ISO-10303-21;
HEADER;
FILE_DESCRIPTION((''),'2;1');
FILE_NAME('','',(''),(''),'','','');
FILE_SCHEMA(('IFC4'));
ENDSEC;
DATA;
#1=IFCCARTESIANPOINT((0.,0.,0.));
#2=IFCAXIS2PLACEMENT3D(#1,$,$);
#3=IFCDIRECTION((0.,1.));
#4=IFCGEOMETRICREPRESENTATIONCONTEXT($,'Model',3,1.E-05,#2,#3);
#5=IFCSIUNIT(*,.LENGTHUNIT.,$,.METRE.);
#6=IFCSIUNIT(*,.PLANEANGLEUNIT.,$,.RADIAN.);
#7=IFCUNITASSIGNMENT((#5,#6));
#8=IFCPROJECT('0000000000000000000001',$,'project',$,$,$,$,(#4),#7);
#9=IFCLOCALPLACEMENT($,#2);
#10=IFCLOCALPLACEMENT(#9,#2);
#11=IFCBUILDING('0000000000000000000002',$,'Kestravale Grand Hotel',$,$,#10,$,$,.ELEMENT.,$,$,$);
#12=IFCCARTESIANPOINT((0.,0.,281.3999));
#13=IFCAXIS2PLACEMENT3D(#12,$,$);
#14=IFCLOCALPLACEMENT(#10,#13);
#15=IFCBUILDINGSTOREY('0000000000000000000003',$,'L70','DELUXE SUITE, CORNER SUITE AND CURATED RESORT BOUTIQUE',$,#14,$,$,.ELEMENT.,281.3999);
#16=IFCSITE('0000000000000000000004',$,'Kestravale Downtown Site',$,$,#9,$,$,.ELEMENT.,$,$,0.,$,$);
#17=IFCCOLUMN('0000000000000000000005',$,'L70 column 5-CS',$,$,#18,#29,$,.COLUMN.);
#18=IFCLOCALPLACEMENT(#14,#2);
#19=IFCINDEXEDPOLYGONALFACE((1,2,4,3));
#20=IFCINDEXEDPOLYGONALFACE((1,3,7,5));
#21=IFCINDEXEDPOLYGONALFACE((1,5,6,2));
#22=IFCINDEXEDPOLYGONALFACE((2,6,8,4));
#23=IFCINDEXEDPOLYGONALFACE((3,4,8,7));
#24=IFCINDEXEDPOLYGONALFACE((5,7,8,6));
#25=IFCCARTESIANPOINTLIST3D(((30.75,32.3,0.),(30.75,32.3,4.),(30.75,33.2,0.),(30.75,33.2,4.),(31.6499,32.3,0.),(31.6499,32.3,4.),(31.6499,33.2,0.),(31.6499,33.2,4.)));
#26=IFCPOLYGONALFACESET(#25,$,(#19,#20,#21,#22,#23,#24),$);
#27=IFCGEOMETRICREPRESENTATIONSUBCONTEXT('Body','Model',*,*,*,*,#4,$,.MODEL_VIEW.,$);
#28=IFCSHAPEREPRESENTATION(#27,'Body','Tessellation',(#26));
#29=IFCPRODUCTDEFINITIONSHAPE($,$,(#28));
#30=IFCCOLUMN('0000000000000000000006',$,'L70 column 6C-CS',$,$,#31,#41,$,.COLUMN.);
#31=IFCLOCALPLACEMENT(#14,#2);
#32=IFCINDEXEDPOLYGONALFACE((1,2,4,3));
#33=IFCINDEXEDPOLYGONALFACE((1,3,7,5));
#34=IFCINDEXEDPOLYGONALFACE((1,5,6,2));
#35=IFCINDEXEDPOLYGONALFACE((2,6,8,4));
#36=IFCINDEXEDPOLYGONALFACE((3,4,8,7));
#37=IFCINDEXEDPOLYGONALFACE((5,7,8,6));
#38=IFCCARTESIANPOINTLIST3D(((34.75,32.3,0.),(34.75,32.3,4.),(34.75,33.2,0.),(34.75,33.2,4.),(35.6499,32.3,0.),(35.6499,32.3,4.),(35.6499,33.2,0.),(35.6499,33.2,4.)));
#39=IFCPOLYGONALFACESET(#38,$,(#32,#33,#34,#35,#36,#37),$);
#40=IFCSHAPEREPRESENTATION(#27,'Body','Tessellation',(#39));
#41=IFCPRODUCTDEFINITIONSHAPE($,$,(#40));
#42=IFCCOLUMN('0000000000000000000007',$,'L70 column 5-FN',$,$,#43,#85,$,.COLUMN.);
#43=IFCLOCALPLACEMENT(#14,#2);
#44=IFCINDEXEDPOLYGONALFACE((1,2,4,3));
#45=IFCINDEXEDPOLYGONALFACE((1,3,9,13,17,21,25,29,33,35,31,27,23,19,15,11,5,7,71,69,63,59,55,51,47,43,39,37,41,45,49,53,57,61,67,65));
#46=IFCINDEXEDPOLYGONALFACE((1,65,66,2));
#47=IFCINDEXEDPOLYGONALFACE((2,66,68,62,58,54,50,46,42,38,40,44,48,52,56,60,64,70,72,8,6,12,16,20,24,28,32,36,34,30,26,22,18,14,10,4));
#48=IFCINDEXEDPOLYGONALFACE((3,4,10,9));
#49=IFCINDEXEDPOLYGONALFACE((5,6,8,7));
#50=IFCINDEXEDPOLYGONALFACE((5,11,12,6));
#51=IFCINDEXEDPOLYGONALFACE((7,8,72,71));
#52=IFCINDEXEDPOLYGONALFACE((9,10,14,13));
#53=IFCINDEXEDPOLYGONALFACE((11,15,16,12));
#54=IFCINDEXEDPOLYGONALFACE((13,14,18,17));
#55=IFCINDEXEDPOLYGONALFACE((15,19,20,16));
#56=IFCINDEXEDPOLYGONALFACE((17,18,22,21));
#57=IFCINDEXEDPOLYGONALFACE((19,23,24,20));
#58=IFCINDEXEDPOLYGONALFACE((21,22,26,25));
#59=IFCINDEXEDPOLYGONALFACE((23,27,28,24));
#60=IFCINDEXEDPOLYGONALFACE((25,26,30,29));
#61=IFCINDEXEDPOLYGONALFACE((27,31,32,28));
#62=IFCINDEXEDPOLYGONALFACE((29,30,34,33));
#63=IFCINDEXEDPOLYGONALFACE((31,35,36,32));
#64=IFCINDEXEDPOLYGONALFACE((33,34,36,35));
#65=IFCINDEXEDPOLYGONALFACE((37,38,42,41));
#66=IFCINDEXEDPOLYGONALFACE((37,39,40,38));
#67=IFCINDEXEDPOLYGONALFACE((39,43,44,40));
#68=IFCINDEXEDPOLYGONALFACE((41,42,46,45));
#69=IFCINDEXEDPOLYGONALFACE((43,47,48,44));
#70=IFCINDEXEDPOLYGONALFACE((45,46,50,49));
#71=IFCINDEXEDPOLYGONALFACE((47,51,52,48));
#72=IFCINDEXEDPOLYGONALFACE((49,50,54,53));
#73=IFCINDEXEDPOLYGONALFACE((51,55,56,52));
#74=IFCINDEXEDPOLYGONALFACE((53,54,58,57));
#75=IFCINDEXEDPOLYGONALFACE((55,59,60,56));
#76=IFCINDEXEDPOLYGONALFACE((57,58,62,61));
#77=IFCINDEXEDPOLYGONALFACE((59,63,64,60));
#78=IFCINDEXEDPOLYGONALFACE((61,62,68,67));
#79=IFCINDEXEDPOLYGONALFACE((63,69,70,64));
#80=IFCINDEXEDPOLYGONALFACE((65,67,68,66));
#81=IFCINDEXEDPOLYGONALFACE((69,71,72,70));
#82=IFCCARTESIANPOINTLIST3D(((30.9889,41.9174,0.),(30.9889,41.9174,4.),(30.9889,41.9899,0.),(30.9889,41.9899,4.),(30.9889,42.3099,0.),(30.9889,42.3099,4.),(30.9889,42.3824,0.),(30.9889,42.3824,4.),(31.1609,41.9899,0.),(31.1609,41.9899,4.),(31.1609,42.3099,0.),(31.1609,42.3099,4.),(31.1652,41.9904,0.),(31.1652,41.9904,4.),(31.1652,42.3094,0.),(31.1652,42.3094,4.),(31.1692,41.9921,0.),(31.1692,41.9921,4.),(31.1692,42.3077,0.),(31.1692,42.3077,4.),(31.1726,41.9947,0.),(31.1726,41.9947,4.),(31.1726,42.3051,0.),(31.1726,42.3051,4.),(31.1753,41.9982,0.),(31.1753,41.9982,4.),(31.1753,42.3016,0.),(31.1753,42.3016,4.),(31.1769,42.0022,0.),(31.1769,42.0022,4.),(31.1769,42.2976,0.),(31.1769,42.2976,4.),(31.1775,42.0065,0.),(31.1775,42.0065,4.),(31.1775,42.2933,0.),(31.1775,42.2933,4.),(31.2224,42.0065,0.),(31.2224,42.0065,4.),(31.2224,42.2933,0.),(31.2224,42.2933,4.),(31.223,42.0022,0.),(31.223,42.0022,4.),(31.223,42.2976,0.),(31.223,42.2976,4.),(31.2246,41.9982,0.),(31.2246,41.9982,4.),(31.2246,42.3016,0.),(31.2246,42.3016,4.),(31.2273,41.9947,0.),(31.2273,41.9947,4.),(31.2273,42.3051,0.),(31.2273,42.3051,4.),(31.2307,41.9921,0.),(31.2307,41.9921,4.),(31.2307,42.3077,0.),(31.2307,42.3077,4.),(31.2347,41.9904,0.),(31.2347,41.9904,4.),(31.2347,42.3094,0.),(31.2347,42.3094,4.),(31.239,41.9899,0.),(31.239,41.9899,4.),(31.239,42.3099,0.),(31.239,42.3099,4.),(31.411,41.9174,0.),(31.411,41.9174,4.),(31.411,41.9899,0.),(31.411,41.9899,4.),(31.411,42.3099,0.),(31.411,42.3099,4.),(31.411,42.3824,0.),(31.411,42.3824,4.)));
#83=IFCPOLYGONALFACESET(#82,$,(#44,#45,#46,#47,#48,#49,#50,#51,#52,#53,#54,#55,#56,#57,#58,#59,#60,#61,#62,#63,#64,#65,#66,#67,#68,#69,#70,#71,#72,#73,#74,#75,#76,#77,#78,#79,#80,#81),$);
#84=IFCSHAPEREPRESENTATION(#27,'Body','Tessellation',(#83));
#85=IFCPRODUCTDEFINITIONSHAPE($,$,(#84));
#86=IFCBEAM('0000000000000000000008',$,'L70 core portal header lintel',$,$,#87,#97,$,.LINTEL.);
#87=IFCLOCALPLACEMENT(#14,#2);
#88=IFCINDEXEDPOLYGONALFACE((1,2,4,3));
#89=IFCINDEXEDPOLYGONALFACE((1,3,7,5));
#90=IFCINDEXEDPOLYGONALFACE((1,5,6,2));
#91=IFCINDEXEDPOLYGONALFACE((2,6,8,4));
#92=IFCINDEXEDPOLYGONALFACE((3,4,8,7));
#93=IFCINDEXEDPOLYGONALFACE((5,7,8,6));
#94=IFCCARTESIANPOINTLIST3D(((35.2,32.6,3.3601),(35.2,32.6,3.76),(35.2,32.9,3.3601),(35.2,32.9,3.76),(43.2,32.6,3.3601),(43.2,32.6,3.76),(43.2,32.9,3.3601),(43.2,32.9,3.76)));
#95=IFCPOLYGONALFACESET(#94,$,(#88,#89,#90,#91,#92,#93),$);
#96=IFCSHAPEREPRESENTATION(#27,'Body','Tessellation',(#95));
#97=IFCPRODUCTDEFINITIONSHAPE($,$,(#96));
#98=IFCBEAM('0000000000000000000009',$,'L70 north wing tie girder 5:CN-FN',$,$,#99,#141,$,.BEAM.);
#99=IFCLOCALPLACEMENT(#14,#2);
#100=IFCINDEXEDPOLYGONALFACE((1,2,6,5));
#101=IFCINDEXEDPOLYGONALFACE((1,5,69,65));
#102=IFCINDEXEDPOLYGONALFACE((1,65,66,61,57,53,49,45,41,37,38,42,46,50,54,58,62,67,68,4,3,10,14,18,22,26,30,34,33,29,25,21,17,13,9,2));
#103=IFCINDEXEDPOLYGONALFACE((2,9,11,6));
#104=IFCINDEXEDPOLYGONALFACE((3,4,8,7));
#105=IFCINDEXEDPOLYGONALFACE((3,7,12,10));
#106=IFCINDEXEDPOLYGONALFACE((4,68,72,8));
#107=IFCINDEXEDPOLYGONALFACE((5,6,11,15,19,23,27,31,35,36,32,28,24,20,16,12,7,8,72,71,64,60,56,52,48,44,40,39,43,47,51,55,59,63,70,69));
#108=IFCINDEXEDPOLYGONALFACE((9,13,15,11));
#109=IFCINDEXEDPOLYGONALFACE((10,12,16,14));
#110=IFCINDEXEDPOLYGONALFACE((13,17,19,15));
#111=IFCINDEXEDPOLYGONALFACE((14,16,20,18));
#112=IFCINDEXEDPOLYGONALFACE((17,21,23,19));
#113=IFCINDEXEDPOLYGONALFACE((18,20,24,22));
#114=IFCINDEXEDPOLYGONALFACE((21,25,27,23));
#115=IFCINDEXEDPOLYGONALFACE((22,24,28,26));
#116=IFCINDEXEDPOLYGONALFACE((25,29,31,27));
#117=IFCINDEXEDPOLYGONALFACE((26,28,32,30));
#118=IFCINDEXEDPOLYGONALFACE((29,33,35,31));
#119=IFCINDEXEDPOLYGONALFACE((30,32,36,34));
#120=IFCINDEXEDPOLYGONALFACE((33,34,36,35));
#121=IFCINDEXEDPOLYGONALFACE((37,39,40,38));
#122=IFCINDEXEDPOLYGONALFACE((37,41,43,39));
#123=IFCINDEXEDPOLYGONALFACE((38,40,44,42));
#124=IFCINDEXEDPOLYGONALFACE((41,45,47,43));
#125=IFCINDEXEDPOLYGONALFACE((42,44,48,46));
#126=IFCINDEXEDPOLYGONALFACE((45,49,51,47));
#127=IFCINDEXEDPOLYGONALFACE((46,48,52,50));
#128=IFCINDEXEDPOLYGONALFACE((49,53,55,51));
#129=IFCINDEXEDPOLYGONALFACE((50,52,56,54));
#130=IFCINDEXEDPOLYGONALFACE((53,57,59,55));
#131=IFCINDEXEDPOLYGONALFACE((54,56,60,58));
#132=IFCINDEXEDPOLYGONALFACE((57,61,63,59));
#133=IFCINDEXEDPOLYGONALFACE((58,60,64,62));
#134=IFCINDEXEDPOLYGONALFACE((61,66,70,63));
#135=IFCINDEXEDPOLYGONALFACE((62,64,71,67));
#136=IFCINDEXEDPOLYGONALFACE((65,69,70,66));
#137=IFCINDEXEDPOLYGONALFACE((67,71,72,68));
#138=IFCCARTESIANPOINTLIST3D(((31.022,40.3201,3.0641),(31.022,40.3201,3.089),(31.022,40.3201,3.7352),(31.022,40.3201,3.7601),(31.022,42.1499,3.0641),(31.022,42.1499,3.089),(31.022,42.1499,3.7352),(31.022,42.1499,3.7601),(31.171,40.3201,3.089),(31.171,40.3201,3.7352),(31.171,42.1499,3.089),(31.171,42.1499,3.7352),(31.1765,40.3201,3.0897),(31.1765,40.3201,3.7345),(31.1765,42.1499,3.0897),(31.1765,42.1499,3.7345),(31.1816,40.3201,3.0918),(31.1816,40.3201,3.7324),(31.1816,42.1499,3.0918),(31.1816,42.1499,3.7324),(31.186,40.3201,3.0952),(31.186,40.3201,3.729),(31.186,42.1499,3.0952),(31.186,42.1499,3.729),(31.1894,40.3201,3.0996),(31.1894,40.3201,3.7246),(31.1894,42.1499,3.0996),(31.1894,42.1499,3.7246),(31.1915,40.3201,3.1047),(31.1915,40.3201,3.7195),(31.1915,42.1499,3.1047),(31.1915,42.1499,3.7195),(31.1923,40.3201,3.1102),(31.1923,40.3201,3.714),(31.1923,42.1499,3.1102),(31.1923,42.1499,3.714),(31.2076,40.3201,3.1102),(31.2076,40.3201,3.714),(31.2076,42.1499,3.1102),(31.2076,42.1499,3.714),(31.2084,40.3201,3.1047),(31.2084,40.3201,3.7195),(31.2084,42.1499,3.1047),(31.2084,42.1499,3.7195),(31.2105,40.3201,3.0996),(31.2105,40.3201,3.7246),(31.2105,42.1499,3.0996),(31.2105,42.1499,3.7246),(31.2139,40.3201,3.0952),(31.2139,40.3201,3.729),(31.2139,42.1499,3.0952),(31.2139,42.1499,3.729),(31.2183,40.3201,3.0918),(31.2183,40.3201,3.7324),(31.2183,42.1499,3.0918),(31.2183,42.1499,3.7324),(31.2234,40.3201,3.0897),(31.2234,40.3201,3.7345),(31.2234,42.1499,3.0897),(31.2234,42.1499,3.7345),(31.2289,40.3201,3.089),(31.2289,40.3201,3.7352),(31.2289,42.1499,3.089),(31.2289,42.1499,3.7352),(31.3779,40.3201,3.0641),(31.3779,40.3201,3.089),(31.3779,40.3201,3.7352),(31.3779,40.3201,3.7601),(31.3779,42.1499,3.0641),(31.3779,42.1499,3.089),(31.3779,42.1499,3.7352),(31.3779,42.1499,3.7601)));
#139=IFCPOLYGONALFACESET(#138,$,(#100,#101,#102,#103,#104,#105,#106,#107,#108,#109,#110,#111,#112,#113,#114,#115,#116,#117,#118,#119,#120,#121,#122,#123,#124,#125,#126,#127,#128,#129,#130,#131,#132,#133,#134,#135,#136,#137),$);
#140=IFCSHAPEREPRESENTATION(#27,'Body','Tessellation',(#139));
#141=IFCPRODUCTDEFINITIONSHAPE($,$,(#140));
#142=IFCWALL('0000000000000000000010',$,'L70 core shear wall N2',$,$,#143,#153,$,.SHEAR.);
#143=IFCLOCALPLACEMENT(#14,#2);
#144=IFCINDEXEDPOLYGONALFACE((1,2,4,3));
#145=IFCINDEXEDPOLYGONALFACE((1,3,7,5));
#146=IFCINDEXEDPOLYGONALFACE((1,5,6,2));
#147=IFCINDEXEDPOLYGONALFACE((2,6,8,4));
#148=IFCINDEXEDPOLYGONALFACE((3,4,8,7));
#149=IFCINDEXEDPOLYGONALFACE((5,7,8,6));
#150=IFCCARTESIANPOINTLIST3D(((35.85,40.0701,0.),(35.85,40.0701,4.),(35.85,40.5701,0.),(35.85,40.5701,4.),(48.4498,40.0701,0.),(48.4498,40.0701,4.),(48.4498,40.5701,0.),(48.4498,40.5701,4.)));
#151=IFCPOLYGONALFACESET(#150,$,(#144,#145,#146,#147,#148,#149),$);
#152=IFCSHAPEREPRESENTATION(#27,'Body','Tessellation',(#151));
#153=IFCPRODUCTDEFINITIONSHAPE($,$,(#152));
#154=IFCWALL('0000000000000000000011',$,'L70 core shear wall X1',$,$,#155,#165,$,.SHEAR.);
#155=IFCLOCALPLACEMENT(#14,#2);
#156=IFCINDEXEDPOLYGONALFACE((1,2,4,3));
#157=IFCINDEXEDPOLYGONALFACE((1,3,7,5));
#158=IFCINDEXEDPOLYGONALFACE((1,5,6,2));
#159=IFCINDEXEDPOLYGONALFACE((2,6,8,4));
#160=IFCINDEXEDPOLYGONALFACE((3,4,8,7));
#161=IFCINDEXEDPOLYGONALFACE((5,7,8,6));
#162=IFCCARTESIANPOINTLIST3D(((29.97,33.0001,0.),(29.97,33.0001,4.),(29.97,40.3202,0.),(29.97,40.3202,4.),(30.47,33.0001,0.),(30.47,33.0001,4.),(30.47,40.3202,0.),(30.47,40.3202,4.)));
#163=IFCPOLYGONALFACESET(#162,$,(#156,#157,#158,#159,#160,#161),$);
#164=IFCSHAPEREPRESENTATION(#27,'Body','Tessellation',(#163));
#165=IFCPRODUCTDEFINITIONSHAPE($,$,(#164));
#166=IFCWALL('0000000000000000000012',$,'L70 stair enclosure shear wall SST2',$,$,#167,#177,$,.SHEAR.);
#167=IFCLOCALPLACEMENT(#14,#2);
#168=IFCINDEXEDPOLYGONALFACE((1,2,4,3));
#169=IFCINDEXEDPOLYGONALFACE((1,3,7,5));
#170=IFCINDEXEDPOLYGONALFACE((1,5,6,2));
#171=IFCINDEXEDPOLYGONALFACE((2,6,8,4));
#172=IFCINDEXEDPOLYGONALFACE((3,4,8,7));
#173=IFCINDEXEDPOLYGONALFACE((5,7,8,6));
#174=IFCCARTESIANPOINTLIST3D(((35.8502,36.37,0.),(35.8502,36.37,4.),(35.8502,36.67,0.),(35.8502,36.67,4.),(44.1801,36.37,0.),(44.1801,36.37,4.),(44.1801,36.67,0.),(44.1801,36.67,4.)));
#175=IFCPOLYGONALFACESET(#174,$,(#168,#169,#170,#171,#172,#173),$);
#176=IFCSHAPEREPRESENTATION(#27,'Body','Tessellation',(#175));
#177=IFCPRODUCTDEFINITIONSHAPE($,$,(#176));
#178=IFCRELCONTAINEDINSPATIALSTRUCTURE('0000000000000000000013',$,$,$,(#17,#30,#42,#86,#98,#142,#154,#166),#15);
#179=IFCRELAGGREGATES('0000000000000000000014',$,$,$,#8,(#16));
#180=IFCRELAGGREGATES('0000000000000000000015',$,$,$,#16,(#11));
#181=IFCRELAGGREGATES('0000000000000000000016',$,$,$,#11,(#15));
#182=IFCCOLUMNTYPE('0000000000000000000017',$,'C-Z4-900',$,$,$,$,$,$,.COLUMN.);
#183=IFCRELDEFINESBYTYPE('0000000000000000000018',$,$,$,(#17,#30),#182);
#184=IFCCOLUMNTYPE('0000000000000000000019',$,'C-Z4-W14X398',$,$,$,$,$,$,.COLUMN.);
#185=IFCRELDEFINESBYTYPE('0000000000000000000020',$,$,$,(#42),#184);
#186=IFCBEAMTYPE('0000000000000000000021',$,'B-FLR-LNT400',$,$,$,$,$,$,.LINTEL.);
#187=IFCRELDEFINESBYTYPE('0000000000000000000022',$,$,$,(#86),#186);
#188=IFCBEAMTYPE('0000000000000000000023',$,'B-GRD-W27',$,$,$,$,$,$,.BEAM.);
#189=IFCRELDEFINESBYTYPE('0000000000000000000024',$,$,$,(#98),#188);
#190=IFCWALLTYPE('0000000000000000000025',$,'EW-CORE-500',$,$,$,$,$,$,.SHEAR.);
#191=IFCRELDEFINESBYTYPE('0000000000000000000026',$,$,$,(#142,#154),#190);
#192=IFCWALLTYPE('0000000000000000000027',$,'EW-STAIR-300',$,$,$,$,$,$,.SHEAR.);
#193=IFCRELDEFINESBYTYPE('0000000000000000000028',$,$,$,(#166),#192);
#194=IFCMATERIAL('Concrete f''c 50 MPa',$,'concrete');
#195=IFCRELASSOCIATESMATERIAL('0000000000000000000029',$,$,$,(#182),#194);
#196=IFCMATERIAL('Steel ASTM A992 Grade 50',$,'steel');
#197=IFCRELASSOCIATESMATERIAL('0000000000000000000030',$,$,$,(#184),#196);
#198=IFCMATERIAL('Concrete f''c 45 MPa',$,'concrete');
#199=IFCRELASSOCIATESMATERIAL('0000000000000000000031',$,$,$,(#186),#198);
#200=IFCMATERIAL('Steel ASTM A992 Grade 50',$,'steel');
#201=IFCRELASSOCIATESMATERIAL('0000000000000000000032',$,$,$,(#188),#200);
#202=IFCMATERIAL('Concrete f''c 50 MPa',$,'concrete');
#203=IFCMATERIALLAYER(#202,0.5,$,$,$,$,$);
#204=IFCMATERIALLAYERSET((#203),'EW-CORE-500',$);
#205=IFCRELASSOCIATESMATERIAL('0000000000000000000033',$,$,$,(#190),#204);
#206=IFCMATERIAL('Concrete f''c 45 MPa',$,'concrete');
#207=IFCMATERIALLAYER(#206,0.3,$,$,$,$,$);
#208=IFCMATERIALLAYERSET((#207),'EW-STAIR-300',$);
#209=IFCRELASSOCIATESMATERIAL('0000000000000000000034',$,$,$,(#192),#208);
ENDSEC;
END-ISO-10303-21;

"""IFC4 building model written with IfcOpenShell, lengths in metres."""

from ifc_helpers import new_model, si_unit, direction, frame, frame_2d, origin, origin_2d, place, context, subcontext, project, spatial, rectangle, i_section, extrude, material, layer, layer_set, material_profile, profile_set, type_object, element, save


model = new_model("IFC4")

# Units and contexts
model_context = context("Model", 3, precision=1e-05, world=origin(), true_north=direction((0.0, 1.0)))
body_context = subcontext(model_context, "Body", "Model", "MODEL_VIEW")
ifc_project = project(units=[si_unit("LENGTHUNIT", "METRE"), si_unit("PLANEANGLEUNIT", "RADIAN")], contexts=[model_context])

# Site, building, storey
site_placement = place(None, origin())
site = spatial("IfcSite", under=ifc_project, at=site_placement, Name="Kestravale Downtown Site", CompositionType="ELEMENT", RefElevation=0.0)
building_placement = place(site_placement, origin())
building = spatial("IfcBuilding", under=site, at=building_placement, Name="Kestravale Grand Hotel", CompositionType="ELEMENT")
storey_placement = place(building_placement, frame((0.0, 0.0, 281.3999)))
storey = spatial("IfcBuildingStorey", under=building, at=storey_placement, Name="L70", Description="DELUXE SUITE, CORNER SUITE AND CURATED RESORT BOUTIQUE", CompositionType="ELEMENT", Elevation=281.3999)

# Columns
ifc_material_1 = material(Name="Concrete f'c 50 MPa", Category="concrete")
ifc_material_profile_1 = material_profile(ifc_material_1, rectangle(XDim=0.8999, YDim=0.8999, at=origin_2d()))
ifc_profile_set_1 = profile_set([ifc_material_profile_1], Name="Concrete f'c 50 MPa")
column_type_1 = type_object("IfcColumnType", Name="C-Z4-900", PredefinedType="COLUMN", material=ifc_profile_set_1)
for number, where, z_axis, x_axis, name in (
    (1, (31.2, 32.75, 0.0), (0.0, 0.0, 1.0), (1.0, 0.0, 0.0), "L70 column 5-CS"),
    (2, (35.2, 32.75, 0.0), (0.0, 0.0, 1.0), (1.0, 0.0, 0.0), "L70 column 6C-CS"),
):
    element("IfcColumn", number, at=place(storey_placement, frame(where, z_axis=z_axis, x_axis=x_axis)), inside=storey, type_object=column_type_1, Name=name, PredefinedType="COLUMN", context=body_context, shape_type="SweptSolid", body=[
        extrude(rectangle(XDim=0.8999, YDim=0.8999, at=origin_2d()), origin(), (0.0, 0.0, 1.0), 4.0),
    ])
ifc_material_2 = material(Name="Steel ASTM A992 Grade 50", Category="steel")
ifc_material_profile_2 = material_profile(ifc_material_2, i_section(OverallWidth=0.4221, OverallDepth=0.4651, WebThickness=0.0449, FlangeThickness=0.0725, FilletRadius=0.0166, at=origin_2d()))
ifc_profile_set_2 = profile_set([ifc_material_profile_2], Name="Steel ASTM A992 Grade 50")
column_type_2 = type_object("IfcColumnType", Name="C-Z4-W14X398", PredefinedType="COLUMN", material=ifc_profile_set_2)
column_placement = place(storey_placement, frame((31.2, 42.1499, 0.0), z_axis=(0.0, 0.0, 1.0), x_axis=(1.0, 0.0, 0.0)))
element("IfcColumn", 3, at=column_placement, inside=storey, type_object=column_type_2, Name="L70 column 5-FN", PredefinedType="COLUMN", context=body_context, shape_type="SweptSolid", body=[
    extrude(i_section(OverallWidth=0.4221, OverallDepth=0.4651, WebThickness=0.0449, FlangeThickness=0.0725, FilletRadius=0.0166, at=origin_2d()), origin(), (0.0, 0.0, 1.0), 4.0),
])

# Beams
ifc_material_3 = material(Name="Concrete f'c 45 MPa", Category="concrete")
ifc_material_profile_3 = material_profile(ifc_material_3, rectangle(XDim=0.3, YDim=0.3999, at=origin_2d()))
ifc_profile_set_3 = profile_set([ifc_material_profile_3], Name="Concrete f'c 45 MPa")
beam_type_1 = type_object("IfcBeamType", Name="B-FLR-LNT400", PredefinedType="LINTEL", material=ifc_profile_set_3)
beam_1_placement = place(storey_placement, frame((35.2, 32.75, 3.5601), z_axis=(1.0, 0.0, 0.0), x_axis=(0.0, 1.0, 0.0)))
element("IfcBeam", 4, at=beam_1_placement, inside=storey, type_object=beam_type_1, Name="L70 core portal header lintel", PredefinedType="LINTEL", context=body_context, shape_type="SweptSolid", body=[
    extrude(rectangle(XDim=0.3, YDim=0.3999, at=origin_2d()), origin(), (0.0, 0.0, 1.0), 8.0),
])
ifc_material_4 = material(Name="Steel ASTM A992 Grade 50", Category="steel")
ifc_material_profile_4 = material_profile(ifc_material_4, i_section(OverallWidth=0.356, OverallDepth=0.696, WebThickness=0.0154, FlangeThickness=0.0249, FilletRadius=0.0212, at=origin_2d()))
ifc_profile_set_4 = profile_set([ifc_material_profile_4], Name="Steel ASTM A992 Grade 50")
beam_type_2 = type_object("IfcBeamType", Name="B-GRD-W27", PredefinedType="BEAM", material=ifc_profile_set_4)
beam_2_placement = place(storey_placement, frame((31.2, 40.3201, 3.4121), z_axis=(0.0, 1.0, 0.0), x_axis=(-1.0, 0.0, 0.0)))
element("IfcBeam", 5, at=beam_2_placement, inside=storey, type_object=beam_type_2, Name="L70 north wing tie girder 5:CN-FN", PredefinedType="BEAM", context=body_context, shape_type="SweptSolid", body=[
    extrude(i_section(OverallWidth=0.356, OverallDepth=0.696, WebThickness=0.0154, FlangeThickness=0.0249, FilletRadius=0.0212, at=origin_2d()), origin(), (0.0, 0.0, 1.0), 1.8298),
])

# Walls
ifc_material_5 = material(Name="Concrete f'c 50 MPa", Category="concrete")
ifc_layer_1 = layer(ifc_material_5, 0.5)
ifc_layer_set_1 = layer_set([ifc_layer_1], Name="EW-CORE-500")
wall_type_1 = type_object("IfcWallType", Name="EW-CORE-500", PredefinedType="SHEAR", material=ifc_layer_set_1)
wall_1_placement = place(storey_placement, frame((35.8501, 40.3201, 0.0), z_axis=(0.0, 0.0, 1.0), x_axis=(1.0, 0.0, 0.0)))
element("IfcWall", 6, at=wall_1_placement, inside=storey, type_object=wall_type_1, Name="L70 core shear wall N2", PredefinedType="SHEAR", context=body_context, shape_type="SweptSolid", body=[
    extrude(rectangle(XDim=12.5999, YDim=0.5, at=frame_2d((6.2998, 0.0))), origin(), (0.0, 0.0, 1.0), 4.0),
])
wall_2_placement = place(storey_placement, frame((30.22, 33.0, 0.0), z_axis=(0.0, 0.0, 1.0), x_axis=(0.0, 1.0, 0.0)))
element("IfcWall", 7, at=wall_2_placement, inside=storey, type_object=wall_type_1, Name="L70 core shear wall X1", PredefinedType="SHEAR", context=body_context, shape_type="SweptSolid", body=[
    extrude(rectangle(XDim=7.3201, YDim=0.5, at=frame_2d((3.6602, 0.0))), origin(), (0.0, 0.0, 1.0), 4.0),
])

# Wall
ifc_material_6 = material(Name="Concrete f'c 45 MPa", Category="concrete")
ifc_layer_2 = layer(ifc_material_6, 0.3)
ifc_layer_set_2 = layer_set([ifc_layer_2], Name="EW-STAIR-300")
wall_type_2 = type_object("IfcWallType", Name="EW-STAIR-300", PredefinedType="SHEAR", material=ifc_layer_set_2)
wall_3_placement = place(storey_placement, frame((35.8501, 36.52, 0.0), z_axis=(0.0, 0.0, 1.0), x_axis=(1.0, 0.0, 0.0)))
element("IfcWall", 8, at=wall_3_placement, inside=storey, type_object=wall_type_2, Name="L70 stair enclosure shear wall SST2", PredefinedType="SHEAR", context=body_context, shape_type="SweptSolid", body=[
    extrude(rectangle(XDim=8.3298, YDim=0.3, at=frame_2d((4.165, 0.0))), origin(), (0.0, 0.0, 1.0), 4.0),
])

save(model, "model.ifc")
